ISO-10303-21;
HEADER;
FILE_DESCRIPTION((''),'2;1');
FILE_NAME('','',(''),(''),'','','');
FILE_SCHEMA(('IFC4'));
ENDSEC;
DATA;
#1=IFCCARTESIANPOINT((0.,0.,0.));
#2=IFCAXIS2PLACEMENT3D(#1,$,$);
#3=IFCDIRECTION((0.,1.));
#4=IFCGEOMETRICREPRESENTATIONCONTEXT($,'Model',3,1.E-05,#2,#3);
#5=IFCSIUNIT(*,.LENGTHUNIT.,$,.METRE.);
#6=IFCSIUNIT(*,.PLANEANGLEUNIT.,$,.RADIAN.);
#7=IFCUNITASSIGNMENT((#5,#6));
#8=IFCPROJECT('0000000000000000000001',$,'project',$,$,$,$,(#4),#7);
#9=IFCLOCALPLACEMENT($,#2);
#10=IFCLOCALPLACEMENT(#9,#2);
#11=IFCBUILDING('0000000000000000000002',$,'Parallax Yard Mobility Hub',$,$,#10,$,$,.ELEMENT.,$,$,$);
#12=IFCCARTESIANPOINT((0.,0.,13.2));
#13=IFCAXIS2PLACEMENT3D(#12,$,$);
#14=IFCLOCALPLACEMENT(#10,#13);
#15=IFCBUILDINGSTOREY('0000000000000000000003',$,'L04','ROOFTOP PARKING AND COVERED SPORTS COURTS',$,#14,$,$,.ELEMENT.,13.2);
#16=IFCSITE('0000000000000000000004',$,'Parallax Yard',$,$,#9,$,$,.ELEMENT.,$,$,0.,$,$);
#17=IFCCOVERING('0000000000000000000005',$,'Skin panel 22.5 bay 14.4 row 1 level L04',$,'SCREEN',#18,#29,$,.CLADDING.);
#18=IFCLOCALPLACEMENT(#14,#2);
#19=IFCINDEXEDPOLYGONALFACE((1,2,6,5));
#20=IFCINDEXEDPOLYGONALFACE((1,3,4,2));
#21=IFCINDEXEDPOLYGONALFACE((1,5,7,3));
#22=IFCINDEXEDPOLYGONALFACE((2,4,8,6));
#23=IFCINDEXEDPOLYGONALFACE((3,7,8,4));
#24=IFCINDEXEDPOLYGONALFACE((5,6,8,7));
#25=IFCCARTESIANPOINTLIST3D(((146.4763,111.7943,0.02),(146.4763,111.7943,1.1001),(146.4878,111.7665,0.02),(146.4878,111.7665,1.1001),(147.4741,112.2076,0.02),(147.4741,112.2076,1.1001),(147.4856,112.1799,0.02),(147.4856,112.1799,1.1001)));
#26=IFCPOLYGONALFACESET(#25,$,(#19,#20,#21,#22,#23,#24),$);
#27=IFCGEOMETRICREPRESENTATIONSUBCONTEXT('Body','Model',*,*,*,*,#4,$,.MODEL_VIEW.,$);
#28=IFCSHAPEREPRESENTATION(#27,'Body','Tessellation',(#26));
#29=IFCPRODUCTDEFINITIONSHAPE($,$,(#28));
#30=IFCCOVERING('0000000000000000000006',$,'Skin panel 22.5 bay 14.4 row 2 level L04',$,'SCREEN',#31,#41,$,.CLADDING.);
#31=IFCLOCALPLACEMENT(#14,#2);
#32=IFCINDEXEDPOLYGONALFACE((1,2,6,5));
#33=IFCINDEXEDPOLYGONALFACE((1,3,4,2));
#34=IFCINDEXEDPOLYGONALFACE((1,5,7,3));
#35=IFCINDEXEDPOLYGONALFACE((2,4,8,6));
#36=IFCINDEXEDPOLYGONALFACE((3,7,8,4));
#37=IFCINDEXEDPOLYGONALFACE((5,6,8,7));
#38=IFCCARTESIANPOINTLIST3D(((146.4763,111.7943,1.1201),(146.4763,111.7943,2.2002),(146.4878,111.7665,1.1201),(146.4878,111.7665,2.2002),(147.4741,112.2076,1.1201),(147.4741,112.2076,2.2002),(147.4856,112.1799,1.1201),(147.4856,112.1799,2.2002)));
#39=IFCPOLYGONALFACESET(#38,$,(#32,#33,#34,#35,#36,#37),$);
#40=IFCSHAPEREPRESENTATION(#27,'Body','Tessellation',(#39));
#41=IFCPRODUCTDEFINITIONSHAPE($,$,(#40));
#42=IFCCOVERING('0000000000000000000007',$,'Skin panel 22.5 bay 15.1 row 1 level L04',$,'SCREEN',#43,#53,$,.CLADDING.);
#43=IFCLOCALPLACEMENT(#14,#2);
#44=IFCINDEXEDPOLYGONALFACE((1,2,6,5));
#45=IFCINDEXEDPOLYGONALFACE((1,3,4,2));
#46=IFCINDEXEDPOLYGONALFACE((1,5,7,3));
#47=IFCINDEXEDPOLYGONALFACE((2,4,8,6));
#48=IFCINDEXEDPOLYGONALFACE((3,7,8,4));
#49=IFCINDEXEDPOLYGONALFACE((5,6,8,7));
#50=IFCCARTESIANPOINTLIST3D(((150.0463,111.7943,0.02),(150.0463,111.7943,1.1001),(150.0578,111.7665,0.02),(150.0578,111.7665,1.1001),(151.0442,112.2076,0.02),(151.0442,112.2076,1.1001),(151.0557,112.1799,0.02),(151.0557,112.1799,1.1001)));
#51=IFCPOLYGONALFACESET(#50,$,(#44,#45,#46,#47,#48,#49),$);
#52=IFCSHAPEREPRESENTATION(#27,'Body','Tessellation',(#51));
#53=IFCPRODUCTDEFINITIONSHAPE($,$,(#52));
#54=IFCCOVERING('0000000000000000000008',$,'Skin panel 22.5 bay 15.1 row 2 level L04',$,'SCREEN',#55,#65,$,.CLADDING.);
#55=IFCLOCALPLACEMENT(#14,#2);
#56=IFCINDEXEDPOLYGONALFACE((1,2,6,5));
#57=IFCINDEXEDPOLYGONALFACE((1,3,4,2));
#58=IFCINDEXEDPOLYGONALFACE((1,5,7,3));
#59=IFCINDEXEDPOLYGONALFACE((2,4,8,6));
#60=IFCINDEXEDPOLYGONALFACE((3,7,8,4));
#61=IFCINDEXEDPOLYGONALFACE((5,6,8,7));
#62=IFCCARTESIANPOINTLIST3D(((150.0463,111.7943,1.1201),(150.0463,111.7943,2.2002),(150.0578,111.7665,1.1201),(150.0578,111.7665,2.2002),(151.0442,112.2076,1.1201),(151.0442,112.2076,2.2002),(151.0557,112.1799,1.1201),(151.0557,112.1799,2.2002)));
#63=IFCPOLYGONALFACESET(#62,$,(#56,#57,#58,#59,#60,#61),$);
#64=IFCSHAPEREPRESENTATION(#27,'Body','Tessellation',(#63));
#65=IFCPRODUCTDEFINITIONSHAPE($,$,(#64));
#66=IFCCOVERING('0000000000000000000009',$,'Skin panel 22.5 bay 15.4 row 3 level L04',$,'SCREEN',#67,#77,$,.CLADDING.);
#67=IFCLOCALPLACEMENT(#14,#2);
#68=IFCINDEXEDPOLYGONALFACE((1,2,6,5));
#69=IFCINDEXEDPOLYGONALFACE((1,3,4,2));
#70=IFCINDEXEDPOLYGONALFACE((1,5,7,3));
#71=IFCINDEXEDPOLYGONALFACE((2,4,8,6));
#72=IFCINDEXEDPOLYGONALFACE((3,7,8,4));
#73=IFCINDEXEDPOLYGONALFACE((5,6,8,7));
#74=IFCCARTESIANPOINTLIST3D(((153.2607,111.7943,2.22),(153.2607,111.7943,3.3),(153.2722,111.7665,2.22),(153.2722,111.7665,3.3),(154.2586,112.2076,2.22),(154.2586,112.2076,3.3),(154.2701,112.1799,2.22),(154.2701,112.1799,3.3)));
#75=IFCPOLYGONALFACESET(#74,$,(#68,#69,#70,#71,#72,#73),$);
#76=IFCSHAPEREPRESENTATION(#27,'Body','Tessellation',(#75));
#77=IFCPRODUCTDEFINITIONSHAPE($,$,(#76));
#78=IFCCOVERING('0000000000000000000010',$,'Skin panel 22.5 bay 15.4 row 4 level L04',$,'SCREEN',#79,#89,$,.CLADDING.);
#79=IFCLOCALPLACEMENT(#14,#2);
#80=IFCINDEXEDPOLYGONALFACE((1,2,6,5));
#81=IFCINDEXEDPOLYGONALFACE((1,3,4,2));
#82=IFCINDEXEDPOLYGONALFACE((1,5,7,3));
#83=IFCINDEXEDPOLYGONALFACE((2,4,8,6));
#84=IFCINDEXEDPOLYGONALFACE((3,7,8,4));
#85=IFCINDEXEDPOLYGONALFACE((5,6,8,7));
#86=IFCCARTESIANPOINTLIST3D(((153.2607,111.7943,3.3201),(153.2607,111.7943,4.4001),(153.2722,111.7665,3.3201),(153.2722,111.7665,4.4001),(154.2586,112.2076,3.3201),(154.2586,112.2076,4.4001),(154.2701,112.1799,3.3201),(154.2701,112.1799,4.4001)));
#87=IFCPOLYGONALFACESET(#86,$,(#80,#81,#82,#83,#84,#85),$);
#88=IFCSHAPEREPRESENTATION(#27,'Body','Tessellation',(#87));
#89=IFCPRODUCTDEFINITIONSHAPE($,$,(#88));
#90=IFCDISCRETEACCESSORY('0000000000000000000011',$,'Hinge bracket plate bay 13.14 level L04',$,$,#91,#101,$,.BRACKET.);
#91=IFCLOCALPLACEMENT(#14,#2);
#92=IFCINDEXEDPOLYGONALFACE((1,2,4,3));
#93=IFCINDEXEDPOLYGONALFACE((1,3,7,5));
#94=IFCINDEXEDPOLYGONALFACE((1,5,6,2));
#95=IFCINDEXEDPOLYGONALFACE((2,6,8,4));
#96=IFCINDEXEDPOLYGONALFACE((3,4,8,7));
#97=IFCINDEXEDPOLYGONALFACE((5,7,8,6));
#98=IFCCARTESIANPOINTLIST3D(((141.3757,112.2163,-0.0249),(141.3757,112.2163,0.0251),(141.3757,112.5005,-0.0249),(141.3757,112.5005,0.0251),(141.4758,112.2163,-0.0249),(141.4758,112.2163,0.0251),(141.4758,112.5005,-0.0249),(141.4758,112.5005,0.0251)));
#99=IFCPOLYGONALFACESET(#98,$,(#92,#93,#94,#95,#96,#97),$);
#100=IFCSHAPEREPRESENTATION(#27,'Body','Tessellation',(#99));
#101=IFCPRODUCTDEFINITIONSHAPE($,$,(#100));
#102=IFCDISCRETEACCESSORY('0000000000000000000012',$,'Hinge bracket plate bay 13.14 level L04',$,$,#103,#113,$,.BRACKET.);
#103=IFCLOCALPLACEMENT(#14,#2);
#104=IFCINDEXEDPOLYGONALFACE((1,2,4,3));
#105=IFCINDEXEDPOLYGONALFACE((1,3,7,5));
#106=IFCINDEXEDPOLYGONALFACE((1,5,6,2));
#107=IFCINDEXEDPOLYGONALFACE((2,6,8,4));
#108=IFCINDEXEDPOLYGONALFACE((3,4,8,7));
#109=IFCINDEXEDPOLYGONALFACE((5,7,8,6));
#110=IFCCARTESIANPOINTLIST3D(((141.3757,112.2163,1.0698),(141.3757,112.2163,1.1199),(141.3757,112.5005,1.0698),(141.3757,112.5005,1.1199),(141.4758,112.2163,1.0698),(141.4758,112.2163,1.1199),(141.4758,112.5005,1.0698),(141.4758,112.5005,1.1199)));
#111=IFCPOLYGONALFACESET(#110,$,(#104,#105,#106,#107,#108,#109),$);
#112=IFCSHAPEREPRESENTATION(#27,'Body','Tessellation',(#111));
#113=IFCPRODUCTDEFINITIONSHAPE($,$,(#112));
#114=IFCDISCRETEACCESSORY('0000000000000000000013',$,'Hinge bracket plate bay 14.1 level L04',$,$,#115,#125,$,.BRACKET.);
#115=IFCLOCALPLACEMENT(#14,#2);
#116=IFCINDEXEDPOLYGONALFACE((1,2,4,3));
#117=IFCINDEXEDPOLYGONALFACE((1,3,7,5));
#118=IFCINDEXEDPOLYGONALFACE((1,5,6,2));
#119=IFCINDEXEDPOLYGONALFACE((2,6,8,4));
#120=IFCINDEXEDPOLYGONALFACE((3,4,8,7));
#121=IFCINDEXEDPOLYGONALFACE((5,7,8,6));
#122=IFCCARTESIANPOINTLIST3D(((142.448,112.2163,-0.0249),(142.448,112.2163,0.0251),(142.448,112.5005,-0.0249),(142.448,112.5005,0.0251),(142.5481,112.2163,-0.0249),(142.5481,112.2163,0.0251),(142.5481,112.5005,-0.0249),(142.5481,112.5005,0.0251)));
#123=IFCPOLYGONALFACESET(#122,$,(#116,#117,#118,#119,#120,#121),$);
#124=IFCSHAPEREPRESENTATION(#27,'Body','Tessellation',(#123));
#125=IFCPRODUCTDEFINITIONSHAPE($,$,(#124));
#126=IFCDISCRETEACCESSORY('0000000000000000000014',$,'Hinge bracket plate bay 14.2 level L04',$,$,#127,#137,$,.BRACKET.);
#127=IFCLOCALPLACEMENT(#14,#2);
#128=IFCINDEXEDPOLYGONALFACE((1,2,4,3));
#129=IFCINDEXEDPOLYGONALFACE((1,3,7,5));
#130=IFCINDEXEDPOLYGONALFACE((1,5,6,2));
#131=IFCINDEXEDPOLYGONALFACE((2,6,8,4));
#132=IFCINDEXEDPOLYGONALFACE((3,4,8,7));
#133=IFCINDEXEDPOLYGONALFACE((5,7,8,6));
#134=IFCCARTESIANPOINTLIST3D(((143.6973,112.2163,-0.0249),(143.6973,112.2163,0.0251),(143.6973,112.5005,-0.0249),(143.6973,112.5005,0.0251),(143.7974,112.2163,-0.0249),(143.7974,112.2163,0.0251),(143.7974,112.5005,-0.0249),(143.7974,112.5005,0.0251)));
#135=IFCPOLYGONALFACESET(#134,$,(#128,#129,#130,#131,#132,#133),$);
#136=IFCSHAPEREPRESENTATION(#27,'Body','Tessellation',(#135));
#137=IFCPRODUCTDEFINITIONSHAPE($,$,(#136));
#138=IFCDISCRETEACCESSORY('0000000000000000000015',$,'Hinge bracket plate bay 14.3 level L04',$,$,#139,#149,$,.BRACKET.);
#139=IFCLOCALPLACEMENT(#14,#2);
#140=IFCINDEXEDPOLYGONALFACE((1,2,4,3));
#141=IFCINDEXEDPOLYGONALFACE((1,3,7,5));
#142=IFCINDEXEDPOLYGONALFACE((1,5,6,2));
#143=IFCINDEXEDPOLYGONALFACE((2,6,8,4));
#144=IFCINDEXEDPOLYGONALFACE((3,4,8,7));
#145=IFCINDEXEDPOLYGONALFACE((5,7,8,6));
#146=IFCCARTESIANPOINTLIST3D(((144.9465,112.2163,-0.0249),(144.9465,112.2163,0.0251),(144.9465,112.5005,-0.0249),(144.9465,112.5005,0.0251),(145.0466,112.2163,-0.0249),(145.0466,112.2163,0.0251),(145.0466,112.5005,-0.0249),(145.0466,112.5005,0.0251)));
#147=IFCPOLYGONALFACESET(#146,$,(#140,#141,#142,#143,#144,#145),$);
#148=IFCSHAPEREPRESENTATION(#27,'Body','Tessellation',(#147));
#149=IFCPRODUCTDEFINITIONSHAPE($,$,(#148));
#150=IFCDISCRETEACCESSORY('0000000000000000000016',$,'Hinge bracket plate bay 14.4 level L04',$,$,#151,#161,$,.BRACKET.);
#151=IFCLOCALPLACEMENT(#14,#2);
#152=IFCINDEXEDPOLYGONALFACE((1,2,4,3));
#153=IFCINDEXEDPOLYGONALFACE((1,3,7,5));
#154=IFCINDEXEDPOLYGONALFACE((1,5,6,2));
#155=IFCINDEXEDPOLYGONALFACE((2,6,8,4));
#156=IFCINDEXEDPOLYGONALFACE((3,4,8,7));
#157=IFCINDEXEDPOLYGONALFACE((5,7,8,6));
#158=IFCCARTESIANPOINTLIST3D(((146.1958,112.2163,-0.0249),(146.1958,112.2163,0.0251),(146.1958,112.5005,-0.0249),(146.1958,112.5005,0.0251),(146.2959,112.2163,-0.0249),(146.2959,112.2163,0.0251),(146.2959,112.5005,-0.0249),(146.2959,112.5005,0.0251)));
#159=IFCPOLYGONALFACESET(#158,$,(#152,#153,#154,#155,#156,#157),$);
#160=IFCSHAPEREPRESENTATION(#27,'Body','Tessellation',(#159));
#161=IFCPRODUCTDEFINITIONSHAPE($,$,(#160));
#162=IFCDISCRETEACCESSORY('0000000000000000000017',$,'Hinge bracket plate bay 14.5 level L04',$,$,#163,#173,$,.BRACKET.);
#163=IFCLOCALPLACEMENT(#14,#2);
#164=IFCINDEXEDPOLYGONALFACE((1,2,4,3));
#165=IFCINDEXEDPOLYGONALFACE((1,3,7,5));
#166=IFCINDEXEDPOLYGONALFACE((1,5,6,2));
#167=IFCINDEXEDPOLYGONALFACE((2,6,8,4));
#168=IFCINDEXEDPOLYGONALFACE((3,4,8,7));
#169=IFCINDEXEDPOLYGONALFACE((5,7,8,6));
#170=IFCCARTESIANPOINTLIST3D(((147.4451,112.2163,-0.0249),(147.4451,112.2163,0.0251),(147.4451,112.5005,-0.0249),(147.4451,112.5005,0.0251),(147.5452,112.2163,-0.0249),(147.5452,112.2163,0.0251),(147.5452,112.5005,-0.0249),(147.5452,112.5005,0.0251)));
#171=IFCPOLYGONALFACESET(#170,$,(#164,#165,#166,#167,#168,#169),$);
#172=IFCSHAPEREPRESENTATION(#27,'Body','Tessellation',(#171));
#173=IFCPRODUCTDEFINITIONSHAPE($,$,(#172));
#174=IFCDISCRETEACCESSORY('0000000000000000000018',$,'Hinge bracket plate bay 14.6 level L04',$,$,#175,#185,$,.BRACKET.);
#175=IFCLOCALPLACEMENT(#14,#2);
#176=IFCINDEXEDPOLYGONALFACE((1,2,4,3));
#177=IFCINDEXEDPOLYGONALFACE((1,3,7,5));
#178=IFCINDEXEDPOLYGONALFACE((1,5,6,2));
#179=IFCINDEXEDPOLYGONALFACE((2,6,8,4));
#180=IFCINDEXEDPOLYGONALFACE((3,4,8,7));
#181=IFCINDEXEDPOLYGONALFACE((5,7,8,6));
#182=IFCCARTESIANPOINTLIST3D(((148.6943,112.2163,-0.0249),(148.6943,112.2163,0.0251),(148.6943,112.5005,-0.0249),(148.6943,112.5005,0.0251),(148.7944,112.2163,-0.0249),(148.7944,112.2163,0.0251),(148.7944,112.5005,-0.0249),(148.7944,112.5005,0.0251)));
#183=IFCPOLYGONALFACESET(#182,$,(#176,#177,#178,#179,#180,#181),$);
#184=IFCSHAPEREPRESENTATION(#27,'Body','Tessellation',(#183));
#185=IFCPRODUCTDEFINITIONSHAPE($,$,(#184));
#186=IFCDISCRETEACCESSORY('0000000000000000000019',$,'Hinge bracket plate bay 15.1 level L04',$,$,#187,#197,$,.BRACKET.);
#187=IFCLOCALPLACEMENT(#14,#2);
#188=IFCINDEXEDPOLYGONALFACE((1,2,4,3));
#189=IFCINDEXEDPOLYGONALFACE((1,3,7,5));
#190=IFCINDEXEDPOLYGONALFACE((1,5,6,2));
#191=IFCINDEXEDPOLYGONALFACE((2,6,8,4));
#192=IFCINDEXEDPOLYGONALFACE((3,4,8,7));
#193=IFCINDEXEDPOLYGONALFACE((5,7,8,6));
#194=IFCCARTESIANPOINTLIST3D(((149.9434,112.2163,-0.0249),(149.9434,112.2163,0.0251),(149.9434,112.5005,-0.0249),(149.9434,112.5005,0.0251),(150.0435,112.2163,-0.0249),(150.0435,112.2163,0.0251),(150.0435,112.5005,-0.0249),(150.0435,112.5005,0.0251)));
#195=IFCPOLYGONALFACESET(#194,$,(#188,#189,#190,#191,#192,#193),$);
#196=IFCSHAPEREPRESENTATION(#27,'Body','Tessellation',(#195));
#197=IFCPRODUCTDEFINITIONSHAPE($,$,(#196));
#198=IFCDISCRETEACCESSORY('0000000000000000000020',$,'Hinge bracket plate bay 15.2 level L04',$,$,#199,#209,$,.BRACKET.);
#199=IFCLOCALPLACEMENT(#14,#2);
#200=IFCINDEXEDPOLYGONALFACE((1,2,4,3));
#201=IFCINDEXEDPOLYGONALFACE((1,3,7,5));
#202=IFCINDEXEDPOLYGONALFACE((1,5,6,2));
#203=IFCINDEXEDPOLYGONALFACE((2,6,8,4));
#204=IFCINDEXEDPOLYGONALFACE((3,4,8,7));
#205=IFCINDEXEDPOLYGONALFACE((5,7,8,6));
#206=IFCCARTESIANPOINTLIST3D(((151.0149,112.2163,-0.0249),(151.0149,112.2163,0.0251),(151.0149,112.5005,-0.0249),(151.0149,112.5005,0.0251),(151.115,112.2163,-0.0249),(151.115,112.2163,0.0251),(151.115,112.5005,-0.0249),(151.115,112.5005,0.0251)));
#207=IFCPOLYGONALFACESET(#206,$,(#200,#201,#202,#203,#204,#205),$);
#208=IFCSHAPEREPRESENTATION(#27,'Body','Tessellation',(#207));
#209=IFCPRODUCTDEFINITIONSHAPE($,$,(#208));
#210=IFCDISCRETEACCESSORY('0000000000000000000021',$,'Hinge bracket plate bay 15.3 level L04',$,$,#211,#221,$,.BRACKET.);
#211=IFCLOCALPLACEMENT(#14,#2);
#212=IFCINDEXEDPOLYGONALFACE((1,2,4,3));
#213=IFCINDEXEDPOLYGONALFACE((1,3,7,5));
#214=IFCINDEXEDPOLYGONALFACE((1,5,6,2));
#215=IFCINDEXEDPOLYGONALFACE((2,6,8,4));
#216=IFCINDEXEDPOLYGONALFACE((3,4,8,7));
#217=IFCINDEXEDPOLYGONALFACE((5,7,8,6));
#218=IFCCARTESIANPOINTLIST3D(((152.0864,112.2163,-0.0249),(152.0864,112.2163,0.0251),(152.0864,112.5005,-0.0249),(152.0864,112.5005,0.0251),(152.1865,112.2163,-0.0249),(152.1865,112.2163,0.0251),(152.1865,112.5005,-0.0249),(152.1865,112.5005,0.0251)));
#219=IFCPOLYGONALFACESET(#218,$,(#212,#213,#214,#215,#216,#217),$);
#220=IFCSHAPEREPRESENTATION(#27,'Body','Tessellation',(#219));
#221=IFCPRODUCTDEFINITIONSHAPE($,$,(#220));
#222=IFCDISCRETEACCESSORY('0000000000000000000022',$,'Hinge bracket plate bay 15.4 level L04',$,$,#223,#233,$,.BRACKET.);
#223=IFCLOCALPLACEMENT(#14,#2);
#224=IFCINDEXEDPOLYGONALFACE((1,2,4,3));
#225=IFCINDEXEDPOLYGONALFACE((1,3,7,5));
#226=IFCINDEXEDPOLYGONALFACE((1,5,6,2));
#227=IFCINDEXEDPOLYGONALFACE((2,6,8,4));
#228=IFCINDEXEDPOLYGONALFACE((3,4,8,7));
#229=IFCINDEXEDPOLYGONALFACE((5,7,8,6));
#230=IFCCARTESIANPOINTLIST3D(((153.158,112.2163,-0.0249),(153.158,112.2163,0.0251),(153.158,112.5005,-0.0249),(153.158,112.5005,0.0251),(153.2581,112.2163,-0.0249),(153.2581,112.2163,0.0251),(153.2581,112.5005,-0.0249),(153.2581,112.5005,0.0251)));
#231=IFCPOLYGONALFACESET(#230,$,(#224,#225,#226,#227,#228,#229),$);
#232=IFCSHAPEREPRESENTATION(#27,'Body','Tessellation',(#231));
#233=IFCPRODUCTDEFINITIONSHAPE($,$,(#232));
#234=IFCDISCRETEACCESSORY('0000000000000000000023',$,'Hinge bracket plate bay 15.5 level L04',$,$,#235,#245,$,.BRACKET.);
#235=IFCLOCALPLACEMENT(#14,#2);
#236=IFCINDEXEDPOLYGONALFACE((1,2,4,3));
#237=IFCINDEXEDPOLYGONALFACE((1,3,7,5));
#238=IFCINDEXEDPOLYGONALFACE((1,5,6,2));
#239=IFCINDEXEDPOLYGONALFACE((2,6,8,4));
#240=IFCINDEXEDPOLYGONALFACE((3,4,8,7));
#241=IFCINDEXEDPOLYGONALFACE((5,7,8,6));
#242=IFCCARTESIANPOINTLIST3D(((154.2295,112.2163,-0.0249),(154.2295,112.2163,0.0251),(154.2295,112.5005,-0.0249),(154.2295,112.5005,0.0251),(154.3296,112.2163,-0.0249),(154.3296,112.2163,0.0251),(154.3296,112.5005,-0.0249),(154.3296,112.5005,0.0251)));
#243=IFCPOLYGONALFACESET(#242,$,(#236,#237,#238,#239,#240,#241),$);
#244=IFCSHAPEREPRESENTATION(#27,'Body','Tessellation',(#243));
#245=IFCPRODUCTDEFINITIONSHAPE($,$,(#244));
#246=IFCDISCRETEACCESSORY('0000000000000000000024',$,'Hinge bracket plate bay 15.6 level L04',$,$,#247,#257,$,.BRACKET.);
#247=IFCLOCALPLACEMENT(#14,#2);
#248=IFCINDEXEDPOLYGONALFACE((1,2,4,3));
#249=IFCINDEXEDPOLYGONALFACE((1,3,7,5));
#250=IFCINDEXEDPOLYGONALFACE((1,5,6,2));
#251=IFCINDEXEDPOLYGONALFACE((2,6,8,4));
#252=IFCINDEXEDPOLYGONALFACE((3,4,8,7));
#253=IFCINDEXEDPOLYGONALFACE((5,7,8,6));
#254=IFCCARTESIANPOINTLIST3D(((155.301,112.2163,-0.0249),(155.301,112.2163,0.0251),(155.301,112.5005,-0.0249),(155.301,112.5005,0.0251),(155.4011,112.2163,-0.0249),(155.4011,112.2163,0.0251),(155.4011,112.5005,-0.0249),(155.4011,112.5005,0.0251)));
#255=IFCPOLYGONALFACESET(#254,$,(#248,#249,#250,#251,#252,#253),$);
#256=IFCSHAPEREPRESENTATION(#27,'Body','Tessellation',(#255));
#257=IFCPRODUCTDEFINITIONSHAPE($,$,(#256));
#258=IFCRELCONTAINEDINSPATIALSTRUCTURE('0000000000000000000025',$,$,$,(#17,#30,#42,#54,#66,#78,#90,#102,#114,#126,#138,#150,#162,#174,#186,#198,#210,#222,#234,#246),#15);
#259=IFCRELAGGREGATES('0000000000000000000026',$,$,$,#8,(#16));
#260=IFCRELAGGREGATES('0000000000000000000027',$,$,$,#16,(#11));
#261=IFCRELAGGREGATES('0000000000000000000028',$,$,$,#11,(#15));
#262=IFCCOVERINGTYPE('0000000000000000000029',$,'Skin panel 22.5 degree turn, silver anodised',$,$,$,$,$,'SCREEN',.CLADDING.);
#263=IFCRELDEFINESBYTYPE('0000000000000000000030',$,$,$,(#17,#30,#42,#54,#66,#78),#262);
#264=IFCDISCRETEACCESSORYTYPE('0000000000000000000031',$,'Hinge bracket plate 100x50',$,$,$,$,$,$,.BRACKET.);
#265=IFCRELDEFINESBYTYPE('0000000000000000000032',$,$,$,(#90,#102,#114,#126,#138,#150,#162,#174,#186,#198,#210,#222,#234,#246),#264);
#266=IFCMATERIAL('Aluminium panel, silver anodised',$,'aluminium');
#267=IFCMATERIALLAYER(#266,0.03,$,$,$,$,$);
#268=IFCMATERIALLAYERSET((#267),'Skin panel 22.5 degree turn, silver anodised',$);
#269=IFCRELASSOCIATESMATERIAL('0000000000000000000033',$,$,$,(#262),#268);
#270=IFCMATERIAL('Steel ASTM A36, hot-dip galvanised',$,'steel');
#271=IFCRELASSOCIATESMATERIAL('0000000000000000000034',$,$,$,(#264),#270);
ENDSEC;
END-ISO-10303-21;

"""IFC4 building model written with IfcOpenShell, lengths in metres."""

from ifc_helpers import new_model, si_unit, direction, frame, origin, origin_2d, place, context, subcontext, project, spatial, rectangle, extrude, material, layer, layer_set, type_object, element, save


model = new_model("IFC4")

# Units and contexts
model_context = context("Model", 3, precision=1e-05, world=origin(), true_north=direction((0.0, 1.0)))
body_context = subcontext(model_context, "Body", "Model", "MODEL_VIEW")
ifc_project = project(units=[si_unit("LENGTHUNIT", "METRE"), si_unit("PLANEANGLEUNIT", "RADIAN")], contexts=[model_context])

# Site, building, storey
site_placement = place(None, origin())
site = spatial("IfcSite", under=ifc_project, at=site_placement, Name="Parallax Yard", CompositionType="ELEMENT", RefElevation=0.0)
building_placement = place(site_placement, origin())
building = spatial("IfcBuilding", under=site, at=building_placement, Name="Parallax Yard Mobility Hub", CompositionType="ELEMENT")
storey_placement = place(building_placement, frame((0.0, 0.0, 13.2)))
storey = spatial("IfcBuildingStorey", under=building, at=storey_placement, Name="L04", Description="ROOFTOP PARKING AND COVERED SPORTS COURTS", CompositionType="ELEMENT", Elevation=13.2)

# Coverings
ifc_material_1 = material(Name="Aluminium panel, silver anodised", Category="aluminium")
ifc_layer = layer(ifc_material_1, 0.03)
ifc_layer_set = layer_set([ifc_layer], Name="Skin panel 22.5 degree turn, silver anodised")
covering_type = type_object("IfcCoveringType", Name="Skin panel 22.5 degree turn, silver anodised", ElementType="SCREEN", PredefinedType="CLADDING", material=ifc_layer_set)
for number, where, z_axis, x_axis, name in (
    (1, (146.981, 111.9871, 0.02), (0.0, 0.0, 1.0), (-0.92388, -0.382683, 0.0), "Skin panel 22.5 bay 14.4 row 1 level L04"),
    (2, (146.981, 111.9871, 1.1201), (0.0, 0.0, 1.0), (-0.92388, -0.382683, 0.0), "Skin panel 22.5 bay 14.4 row 2 level L04"),
    (3, (150.551, 111.9871, 0.02), (0.0, 0.0, 1.0), (-0.92388, -0.382683, 0.0), "Skin panel 22.5 bay 15.1 row 1 level L04"),
    (4, (150.551, 111.9871, 1.1201), (0.0, 0.0, 1.0), (-0.92388, -0.382683, 0.0), "Skin panel 22.5 bay 15.1 row 2 level L04"),
    (5, (153.7654, 111.9871, 2.22), (0.0, 0.0, 1.0), (-0.92388, -0.382683, 0.0), "Skin panel 22.5 bay 15.4 row 3 level L04"),
    (6, (153.7654, 111.9871, 3.3201), (0.0, 0.0, 1.0), (-0.92388, -0.382683, 0.0), "Skin panel 22.5 bay 15.4 row 4 level L04"),
):
    element("IfcCovering", number, at=place(storey_placement, frame(where, z_axis=z_axis, x_axis=x_axis)), inside=storey, type_object=covering_type, Name=name, ObjectType="SCREEN", PredefinedType="CLADDING", context=body_context, shape_type="SweptSolid", body=[
        extrude(rectangle(XDim=1.0801, YDim=0.03, at=origin_2d()), origin(), (0.0, 0.0, 1.0), 1.0801),
    ])

# Discrete accessories
ifc_material_2 = material(Name="Steel ASTM A36, hot-dip galvanised", Category="steel")
discrete_accessory_type_1 = type_object("IfcDiscreteAccessoryType", Name="Hinge bracket plate 100x50", PredefinedType="BRACKET", material=ifc_material_2)
for number, where, z_axis, x_axis, name in (
    (7, (141.4258, 112.3584, -0.0249), (0.0, 0.0, 1.0), (0.0, -1.0, 0.0), "Hinge bracket plate bay 13.14 level L04"),
    (8, (141.4258, 112.3584, 1.0698), (0.0, 0.0, 1.0), (0.0, -1.0, 0.0), "Hinge bracket plate bay 13.14 level L04"),
    (9, (142.498, 112.3584, -0.0249), (0.0, 0.0, 1.0), (0.0, -1.0, 0.0), "Hinge bracket plate bay 14.1 level L04"),
    (10, (143.7473, 112.3584, -0.0249), (0.0, 0.0, 1.0), (0.0, -1.0, 0.0), "Hinge bracket plate bay 14.2 level L04"),
    (11, (144.9966, 112.3584, -0.0249), (0.0, 0.0, 1.0), (0.0, -1.0, 0.0), "Hinge bracket plate bay 14.3 level L04"),
    (12, (146.2458, 112.3584, -0.0249), (0.0, 0.0, 1.0), (0.0, -1.0, 0.0), "Hinge bracket plate bay 14.4 level L04"),
    (13, (147.4951, 112.3584, -0.0249), (0.0, 0.0, 1.0), (0.0, -1.0, 0.0), "Hinge bracket plate bay 14.5 level L04"),
    (14, (148.7444, 112.3584, -0.0249), (0.0, 0.0, 1.0), (0.0, -1.0, 0.0), "Hinge bracket plate bay 14.6 level L04"),
    (15, (149.9934, 112.3584, -0.0249), (0.0, 0.0, 1.0), (0.0, -1.0, 0.0), "Hinge bracket plate bay 15.1 level L04"),
    (16, (151.0649, 112.3584, -0.0249), (0.0, 0.0, 1.0), (0.0, -1.0, 0.0), "Hinge bracket plate bay 15.2 level L04"),
    (17, (152.1365, 112.3584, -0.0249), (0.0, 0.0, 1.0), (0.0, -1.0, 0.0), "Hinge bracket plate bay 15.3 level L04"),
    (18, (153.208, 112.3584, -0.0249), (0.0, 0.0, 1.0), (0.0, -1.0, 0.0), "Hinge bracket plate bay 15.4 level L04"),
    (19, (154.2795, 112.3584, -0.0249), (0.0, 0.0, 1.0), (0.0, -1.0, 0.0), "Hinge bracket plate bay 15.5 level L04"),
    (20, (155.3511, 112.3584, -0.0249), (0.0, 0.0, 1.0), (0.0, -1.0, 0.0), "Hinge bracket plate bay 15.6 level L04"),
):
    element("IfcDiscreteAccessory", number, at=place(storey_placement, frame(where, z_axis=z_axis, x_axis=x_axis)), inside=storey, type_object=discrete_accessory_type_1, Name=name, PredefinedType="BRACKET", context=body_context, shape_type="SweptSolid", body=[
        extrude(rectangle(XDim=0.2842, YDim=0.1001, at=origin_2d()), origin(), (0.0, 0.0, 1.0), 0.05),
    ])

save(model, "model.ifc")
